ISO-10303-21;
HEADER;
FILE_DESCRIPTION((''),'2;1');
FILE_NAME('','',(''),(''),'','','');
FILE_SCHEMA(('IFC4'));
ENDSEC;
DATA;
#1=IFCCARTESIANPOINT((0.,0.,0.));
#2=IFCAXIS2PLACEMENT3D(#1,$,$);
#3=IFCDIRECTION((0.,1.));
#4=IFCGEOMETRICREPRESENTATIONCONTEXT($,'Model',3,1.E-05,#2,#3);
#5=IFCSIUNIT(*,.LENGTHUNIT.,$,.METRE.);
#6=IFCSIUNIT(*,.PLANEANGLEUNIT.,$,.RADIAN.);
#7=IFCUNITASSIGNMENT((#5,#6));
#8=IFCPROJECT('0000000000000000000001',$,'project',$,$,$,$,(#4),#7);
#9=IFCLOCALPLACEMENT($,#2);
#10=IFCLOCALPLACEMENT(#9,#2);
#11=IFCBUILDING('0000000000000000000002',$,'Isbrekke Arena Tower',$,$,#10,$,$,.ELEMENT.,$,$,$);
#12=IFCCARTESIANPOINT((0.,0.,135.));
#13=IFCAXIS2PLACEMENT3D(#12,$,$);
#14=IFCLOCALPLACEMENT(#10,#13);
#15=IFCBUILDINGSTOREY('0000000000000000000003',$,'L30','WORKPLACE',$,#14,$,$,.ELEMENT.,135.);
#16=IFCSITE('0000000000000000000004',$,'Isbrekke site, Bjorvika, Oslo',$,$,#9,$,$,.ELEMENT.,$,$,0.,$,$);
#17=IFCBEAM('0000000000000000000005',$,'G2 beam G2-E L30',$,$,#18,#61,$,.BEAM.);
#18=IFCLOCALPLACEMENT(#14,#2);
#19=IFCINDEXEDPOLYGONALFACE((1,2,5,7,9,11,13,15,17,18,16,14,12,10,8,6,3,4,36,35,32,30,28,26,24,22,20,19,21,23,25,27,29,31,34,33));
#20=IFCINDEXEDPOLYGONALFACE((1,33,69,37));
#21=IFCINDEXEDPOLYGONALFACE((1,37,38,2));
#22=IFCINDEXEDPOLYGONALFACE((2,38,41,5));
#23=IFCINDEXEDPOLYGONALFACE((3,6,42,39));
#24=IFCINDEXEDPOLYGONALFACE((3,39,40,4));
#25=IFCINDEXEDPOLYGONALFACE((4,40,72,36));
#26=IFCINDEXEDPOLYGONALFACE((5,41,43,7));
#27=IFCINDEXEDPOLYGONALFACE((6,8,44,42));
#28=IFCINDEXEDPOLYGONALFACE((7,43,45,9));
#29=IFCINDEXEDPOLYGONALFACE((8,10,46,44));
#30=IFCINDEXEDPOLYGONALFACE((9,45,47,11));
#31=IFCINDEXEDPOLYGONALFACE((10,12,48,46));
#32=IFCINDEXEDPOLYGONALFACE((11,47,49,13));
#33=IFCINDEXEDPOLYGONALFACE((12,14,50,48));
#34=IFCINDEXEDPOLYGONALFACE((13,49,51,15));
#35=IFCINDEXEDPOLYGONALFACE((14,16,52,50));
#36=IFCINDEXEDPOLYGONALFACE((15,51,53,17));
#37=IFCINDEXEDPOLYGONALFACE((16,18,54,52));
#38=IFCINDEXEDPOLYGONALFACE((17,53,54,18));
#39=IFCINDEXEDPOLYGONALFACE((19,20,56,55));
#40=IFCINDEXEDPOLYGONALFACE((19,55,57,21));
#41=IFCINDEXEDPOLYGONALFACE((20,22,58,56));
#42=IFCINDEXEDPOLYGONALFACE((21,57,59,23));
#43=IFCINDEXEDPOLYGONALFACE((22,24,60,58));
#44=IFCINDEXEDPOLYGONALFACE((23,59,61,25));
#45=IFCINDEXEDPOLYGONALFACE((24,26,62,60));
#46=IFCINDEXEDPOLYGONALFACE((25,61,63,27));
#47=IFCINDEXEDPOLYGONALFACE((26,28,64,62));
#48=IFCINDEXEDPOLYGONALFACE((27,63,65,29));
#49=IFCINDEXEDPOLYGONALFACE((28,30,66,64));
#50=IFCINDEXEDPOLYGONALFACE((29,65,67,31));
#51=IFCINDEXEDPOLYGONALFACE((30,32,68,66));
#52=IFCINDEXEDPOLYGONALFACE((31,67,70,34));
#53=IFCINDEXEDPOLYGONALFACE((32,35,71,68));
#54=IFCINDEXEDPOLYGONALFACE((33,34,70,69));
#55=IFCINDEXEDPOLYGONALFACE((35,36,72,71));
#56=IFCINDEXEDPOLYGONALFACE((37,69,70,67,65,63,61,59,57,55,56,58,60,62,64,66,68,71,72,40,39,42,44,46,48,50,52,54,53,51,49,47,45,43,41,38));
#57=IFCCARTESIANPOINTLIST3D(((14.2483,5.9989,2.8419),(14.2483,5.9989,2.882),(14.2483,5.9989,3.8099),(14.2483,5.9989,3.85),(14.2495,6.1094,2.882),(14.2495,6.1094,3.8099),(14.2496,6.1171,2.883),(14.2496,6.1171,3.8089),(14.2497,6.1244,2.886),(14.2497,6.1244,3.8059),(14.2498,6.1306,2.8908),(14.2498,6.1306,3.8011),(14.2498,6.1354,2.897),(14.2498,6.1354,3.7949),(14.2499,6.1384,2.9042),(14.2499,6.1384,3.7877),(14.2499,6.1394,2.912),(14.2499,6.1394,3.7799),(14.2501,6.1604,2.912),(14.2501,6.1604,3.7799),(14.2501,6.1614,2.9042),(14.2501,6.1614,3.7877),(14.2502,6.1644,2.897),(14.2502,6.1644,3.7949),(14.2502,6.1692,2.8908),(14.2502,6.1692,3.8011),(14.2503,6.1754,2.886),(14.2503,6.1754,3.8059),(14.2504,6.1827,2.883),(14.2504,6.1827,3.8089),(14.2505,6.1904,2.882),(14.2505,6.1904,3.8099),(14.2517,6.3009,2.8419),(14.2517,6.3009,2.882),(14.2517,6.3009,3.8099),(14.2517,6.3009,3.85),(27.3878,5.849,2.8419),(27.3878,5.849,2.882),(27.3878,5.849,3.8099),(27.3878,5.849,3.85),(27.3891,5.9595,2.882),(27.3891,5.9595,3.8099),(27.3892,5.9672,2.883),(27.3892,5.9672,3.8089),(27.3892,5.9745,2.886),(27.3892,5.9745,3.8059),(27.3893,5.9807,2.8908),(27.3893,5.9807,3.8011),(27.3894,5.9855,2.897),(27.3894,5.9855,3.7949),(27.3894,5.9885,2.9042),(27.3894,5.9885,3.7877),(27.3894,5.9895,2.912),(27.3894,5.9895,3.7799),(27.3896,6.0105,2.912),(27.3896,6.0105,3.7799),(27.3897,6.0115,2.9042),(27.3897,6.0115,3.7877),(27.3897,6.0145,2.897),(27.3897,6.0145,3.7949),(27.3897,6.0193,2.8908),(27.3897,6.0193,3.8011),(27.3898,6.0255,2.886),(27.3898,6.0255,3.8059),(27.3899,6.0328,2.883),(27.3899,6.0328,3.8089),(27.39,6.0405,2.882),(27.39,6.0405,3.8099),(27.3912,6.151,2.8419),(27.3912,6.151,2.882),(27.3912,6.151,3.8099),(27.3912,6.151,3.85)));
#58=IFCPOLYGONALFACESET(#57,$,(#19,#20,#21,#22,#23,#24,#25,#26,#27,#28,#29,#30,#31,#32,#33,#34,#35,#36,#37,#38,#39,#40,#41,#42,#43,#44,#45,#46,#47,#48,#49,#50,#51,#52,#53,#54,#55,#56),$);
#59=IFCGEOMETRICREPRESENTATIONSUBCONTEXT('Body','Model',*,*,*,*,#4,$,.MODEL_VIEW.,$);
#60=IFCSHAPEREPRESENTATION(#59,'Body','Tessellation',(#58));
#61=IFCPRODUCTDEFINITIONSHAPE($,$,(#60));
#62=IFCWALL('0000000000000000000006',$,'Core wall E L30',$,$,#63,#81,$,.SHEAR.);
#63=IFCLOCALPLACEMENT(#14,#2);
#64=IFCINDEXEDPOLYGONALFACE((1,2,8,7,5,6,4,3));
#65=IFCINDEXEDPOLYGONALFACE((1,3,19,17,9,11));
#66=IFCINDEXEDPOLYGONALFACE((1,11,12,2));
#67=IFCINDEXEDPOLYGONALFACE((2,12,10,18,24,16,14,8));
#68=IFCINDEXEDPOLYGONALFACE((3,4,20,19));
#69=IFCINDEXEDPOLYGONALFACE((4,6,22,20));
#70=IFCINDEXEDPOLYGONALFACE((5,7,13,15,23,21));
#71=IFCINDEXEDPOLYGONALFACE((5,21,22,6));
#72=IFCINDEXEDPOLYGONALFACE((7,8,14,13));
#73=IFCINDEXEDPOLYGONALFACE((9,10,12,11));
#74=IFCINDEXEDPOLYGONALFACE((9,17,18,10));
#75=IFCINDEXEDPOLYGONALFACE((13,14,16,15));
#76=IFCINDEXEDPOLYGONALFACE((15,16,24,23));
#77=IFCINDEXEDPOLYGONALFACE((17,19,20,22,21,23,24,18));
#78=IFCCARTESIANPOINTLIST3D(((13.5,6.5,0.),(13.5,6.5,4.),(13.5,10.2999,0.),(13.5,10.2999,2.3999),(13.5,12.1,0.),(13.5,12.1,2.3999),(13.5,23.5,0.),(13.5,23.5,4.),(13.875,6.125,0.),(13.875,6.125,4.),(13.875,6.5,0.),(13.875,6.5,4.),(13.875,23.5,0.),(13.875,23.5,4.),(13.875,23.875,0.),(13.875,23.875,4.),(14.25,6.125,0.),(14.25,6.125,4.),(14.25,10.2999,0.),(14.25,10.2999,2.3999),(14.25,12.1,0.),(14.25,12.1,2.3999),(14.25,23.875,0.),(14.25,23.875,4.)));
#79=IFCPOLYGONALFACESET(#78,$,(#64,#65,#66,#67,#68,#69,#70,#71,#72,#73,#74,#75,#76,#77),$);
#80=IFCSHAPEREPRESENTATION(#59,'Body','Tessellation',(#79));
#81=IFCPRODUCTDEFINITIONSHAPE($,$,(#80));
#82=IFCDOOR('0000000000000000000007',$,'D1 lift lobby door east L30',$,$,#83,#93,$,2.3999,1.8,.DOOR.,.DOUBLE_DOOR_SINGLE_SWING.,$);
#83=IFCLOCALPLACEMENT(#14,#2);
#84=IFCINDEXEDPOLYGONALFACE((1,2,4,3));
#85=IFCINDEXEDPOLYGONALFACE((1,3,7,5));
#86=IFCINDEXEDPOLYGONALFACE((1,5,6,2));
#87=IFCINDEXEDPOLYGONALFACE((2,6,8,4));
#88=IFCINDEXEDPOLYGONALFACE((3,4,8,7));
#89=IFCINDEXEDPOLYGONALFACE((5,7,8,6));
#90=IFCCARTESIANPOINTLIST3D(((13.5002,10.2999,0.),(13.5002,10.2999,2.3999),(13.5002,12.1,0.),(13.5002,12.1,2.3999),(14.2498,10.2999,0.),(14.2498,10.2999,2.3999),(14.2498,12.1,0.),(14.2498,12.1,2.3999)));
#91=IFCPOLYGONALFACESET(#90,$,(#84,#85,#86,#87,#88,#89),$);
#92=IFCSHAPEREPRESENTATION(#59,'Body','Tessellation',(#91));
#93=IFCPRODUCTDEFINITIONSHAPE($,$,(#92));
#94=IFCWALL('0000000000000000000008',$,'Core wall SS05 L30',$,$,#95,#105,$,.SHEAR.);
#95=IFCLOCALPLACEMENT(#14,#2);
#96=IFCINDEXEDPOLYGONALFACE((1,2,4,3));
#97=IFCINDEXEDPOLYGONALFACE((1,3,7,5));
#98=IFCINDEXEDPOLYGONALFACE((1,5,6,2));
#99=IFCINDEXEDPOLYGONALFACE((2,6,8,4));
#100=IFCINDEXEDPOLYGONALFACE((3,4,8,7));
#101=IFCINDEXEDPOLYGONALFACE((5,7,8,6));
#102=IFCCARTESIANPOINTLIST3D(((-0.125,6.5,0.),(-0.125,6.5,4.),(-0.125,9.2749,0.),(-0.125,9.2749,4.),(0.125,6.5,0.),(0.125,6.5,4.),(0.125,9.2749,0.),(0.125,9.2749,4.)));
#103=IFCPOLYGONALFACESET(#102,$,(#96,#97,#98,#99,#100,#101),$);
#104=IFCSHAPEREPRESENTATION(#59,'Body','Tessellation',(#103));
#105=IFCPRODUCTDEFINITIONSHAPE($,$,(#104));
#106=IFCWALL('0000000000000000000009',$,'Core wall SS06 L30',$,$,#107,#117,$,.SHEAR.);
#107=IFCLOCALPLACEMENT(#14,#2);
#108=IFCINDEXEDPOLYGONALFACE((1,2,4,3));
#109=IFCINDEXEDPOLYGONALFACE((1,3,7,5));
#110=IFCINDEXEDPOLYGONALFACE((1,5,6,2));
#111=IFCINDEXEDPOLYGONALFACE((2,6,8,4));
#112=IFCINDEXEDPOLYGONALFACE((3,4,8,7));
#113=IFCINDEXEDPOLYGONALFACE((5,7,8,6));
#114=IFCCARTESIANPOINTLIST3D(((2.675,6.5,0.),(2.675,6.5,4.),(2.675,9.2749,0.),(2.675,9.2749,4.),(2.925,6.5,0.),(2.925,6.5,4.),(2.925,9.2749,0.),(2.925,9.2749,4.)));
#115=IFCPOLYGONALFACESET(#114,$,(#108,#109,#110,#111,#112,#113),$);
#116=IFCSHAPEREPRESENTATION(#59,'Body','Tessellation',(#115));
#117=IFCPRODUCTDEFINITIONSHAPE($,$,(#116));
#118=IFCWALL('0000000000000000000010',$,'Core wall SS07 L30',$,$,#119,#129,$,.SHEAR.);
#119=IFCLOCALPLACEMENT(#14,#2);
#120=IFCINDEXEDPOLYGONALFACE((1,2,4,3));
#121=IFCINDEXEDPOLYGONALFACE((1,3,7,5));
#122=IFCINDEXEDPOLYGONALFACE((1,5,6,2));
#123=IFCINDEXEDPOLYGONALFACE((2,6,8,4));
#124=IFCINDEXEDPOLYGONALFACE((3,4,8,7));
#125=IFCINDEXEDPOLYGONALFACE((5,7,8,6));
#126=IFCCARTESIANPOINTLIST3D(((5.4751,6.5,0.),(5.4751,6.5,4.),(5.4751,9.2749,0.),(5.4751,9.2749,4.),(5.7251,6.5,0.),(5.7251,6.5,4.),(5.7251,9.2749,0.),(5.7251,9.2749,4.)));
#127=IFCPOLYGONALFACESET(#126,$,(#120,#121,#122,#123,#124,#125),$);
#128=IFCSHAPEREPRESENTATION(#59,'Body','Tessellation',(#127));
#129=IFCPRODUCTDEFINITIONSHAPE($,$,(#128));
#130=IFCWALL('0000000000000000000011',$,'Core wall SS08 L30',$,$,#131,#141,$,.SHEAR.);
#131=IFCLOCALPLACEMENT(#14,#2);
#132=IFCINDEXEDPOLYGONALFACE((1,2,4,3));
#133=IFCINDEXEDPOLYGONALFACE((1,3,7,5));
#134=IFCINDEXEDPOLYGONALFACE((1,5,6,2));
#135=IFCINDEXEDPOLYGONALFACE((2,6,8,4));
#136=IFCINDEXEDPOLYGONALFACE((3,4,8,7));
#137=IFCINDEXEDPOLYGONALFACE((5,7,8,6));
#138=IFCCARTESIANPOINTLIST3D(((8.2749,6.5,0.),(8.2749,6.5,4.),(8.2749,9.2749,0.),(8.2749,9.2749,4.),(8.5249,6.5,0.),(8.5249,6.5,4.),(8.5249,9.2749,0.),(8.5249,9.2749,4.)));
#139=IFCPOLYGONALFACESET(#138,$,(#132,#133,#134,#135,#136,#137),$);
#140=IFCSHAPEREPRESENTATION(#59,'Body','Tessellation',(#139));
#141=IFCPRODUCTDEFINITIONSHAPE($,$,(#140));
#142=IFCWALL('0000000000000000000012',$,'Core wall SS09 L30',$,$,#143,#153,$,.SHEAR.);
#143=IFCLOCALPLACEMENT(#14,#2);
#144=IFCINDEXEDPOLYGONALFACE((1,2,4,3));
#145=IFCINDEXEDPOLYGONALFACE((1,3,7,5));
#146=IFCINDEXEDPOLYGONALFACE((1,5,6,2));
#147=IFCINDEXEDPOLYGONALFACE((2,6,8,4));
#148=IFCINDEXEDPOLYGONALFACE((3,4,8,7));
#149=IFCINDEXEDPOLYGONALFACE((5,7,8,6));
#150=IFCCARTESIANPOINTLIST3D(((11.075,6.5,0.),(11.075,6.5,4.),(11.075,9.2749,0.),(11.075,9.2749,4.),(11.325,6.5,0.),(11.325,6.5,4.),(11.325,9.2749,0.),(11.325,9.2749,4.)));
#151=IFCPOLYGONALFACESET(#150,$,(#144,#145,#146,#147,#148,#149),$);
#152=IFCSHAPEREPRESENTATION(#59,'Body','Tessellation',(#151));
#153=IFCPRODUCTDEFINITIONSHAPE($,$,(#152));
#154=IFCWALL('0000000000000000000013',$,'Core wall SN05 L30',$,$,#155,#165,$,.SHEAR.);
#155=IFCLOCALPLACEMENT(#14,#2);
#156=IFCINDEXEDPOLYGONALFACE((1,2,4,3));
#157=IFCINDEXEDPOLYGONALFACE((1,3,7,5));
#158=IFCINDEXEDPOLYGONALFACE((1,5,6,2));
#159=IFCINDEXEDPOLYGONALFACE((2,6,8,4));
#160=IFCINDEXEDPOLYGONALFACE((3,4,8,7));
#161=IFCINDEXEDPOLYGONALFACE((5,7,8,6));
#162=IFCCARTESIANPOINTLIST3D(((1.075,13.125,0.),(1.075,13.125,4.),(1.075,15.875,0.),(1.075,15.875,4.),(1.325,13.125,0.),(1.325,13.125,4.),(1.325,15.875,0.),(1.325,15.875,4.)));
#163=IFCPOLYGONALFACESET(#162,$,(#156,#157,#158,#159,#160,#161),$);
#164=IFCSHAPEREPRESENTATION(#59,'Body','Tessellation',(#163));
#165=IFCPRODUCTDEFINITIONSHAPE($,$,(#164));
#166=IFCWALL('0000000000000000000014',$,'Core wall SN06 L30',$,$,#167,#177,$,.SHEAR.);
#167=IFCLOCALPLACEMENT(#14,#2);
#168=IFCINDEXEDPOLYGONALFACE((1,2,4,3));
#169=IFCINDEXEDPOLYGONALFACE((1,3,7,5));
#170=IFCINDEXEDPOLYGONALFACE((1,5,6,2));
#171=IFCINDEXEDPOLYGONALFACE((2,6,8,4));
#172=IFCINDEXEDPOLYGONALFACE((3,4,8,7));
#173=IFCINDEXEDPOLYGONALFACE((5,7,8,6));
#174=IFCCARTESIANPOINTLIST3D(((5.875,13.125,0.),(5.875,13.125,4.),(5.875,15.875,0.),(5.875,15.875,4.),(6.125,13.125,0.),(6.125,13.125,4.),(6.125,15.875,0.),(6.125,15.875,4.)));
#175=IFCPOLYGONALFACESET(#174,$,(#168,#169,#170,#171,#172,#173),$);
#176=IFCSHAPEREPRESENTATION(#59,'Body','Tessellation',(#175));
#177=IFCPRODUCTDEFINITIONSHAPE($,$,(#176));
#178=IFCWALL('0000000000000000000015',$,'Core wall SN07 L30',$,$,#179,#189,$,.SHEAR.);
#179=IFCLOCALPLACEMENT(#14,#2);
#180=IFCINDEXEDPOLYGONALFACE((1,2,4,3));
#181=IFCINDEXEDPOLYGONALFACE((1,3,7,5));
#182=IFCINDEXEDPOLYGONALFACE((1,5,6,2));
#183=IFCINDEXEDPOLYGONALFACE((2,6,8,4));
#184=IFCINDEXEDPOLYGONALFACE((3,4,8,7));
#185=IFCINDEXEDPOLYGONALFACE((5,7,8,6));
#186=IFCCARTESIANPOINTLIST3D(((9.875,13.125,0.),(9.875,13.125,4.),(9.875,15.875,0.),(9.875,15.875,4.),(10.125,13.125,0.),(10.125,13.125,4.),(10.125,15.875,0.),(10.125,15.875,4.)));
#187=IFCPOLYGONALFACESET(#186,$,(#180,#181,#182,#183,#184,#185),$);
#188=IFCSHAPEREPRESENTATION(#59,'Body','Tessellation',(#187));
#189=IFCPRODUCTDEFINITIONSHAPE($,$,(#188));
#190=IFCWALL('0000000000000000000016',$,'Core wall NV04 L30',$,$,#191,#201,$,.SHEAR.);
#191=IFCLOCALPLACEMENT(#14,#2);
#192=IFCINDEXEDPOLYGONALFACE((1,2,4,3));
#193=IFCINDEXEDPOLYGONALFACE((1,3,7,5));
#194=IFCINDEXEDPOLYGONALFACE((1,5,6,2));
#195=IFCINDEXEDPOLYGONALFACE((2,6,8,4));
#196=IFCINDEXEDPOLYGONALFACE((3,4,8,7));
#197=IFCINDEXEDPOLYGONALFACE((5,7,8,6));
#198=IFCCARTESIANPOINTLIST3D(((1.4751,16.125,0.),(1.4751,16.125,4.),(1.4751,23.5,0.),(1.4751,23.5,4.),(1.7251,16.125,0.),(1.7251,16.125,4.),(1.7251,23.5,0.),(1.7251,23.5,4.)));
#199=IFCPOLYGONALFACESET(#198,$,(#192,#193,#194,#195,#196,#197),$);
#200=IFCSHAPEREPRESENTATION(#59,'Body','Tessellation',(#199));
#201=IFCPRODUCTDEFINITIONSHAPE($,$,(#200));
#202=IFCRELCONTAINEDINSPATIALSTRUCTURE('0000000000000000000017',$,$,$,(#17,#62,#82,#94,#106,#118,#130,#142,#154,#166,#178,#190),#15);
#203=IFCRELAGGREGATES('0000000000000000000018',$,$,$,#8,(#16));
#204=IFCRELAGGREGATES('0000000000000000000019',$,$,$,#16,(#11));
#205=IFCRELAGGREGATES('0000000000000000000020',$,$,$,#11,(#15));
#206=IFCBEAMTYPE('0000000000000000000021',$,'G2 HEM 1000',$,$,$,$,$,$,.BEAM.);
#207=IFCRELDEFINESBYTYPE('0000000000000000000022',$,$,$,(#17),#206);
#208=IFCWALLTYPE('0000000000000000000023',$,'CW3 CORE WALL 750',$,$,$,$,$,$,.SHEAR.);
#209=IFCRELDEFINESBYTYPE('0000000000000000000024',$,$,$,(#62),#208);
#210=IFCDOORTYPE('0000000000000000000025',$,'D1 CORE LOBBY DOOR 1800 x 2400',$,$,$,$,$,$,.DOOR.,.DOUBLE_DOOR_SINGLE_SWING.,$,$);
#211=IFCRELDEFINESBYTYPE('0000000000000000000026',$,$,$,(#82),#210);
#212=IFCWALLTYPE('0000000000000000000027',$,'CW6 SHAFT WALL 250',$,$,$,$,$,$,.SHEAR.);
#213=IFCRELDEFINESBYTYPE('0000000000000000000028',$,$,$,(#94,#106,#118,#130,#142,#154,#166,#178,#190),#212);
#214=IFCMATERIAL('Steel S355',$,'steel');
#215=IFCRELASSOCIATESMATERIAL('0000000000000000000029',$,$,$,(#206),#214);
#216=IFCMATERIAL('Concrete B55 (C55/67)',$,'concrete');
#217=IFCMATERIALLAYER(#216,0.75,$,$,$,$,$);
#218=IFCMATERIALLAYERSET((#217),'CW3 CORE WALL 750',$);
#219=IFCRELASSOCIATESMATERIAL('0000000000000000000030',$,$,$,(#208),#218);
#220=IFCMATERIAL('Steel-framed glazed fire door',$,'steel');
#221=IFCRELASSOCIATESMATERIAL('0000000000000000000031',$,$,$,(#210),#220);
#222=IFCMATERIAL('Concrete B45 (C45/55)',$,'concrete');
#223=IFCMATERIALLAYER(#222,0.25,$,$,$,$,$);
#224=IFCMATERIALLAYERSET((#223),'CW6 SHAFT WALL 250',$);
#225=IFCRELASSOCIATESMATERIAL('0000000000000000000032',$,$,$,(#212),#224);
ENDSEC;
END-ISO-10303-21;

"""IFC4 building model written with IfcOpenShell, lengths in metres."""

from ifc_helpers import new_model, si_unit, direction, frame, frame_2d, origin, origin_2d, place, context, subcontext, project, spatial, polyline, rectangle, i_section, outline, extrude, material, layer, layer_set, material_profile, profile_set, type_object, element, fill, save


model = new_model("IFC4")

# Units and contexts
model_context = context("Model", 3, precision=1e-05, world=origin(), true_north=direction((0.0, 1.0)))
body_context = subcontext(model_context, "Body", "Model", "MODEL_VIEW")
ifc_project = project(units=[si_unit("LENGTHUNIT", "METRE"), si_unit("PLANEANGLEUNIT", "RADIAN")], contexts=[model_context])

# Site, building, storey
site_placement = place(None, origin())
site = spatial("IfcSite", under=ifc_project, at=site_placement, Name="Isbrekke site, Bjorvika, Oslo", CompositionType="ELEMENT", RefElevation=0.0)
building_placement = place(site_placement, origin())
building = spatial("IfcBuilding", under=site, at=building_placement, Name="Isbrekke Arena Tower", CompositionType="ELEMENT")
storey_placement = place(building_placement, frame((0.0, 0.0, 135.0)))
storey = spatial("IfcBuildingStorey", under=building, at=storey_placement, Name="L30", Description="WORKPLACE", CompositionType="ELEMENT", Elevation=135.0)

# Beam
ifc_material_1 = material(Name="Steel S355", Category="steel")
ifc_material_profile = material_profile(ifc_material_1, i_section(OverallWidth=0.302, OverallDepth=1.0081, WebThickness=0.021, FlangeThickness=0.04, FilletRadius=0.03, at=origin_2d()), Name="HEM 1000")
ifc_profile_set = profile_set([ifc_material_profile], Name="Steel S355")
beam_type = type_object("IfcBeamType", Name="G2 HEM 1000", PredefinedType="BEAM", material=ifc_profile_set)
beam_placement = place(storey_placement, frame((14.25, 6.1499, 3.3459), z_axis=(0.999935, -0.011408, 0.0), x_axis=(0.011408, 0.999935, 0.0)))
element("IfcBeam", 1, at=beam_placement, inside=storey, type_object=beam_type, Name="G2 beam G2-E L30", PredefinedType="BEAM", context=body_context, shape_type="SweptSolid", body=[
    extrude(i_section(OverallWidth=0.302, OverallDepth=1.0081, WebThickness=0.021, FlangeThickness=0.04, FilletRadius=0.03, at=origin_2d()), origin(), (0.0, 0.0, 1.0), 13.1404),
])

# Wall, opening, door
ifc_material_2 = material(Name="Concrete B55 (C55/67)", Category="concrete")
ifc_layer_1 = layer(ifc_material_2, 0.75)
ifc_layer_set_1 = layer_set([ifc_layer_1], Name="CW3 CORE WALL 750")
wall_type_1 = type_object("IfcWallType", Name="CW3 CORE WALL 750", PredefinedType="SHEAR", material=ifc_layer_set_1)
wall_1_placement = place(storey_placement, frame((13.875, 6.125, 0.0), z_axis=(0.0, 0.0, 1.0), x_axis=(0.0, 1.0, 0.0)))
wall_1 = element("IfcWall", 2, at=wall_1_placement, inside=storey, type_object=wall_type_1, Name="Core wall E L30", PredefinedType="SHEAR", context=body_context, shape_type="SweptSolid", body=[
    extrude(outline(polyline([(0.0, -0.375), (17.75, -0.375), (17.75, 0.0), (17.375, 0.0), (17.375, 0.375), (0.375, 0.375), (0.375, 0.0), (0.0, 0.0), (0.0, -0.375)])), origin(), (0.0, 0.0, 1.0), 4.0),
])
opening_placement = place(wall_1_placement, frame((4.175, 0.0, 0.0)))
opening = element("IfcOpeningElement", 3, at=opening_placement, cuts=wall_1, PredefinedType="OPENING", context=body_context, shape_type="SweptSolid", body=[
    extrude(rectangle(XDim=1.8, YDim=2.3999, at=frame_2d((0.8999, 1.2))), frame((0.0, 0.3899, 0.0), z_axis=(0.0, -1.0, 0.0), x_axis=(1.0, 0.0, 0.0)), (0.0, 0.0, 1.0), 0.7798),
])
ifc_material_3 = material(Name="Steel-framed glazed fire door", Category="steel")
door_type = type_object("IfcDoorType", Name="D1 CORE LOBBY DOOR 1800 x 2400", OperationType="DOUBLE_DOOR_SINGLE_SWING", PredefinedType="DOOR", material=ifc_material_3)
door_placement = place(opening_placement, origin())
door = element("IfcDoor", 4, at=door_placement, inside=storey, type_object=door_type, Name="D1 lift lobby door east L30", OperationType="DOUBLE_DOOR_SINGLE_SWING", OverallHeight=2.3999, OverallWidth=1.8, PredefinedType="DOOR", context=body_context, shape_type="SweptSolid", body=[
    extrude(rectangle(XDim=1.8, YDim=2.3999, at=frame_2d((0.8999, 1.2))), frame((0.0, 0.3748, 0.0), z_axis=(0.0, -1.0, 0.0), x_axis=(1.0, 0.0, 0.0)), (0.0, 0.0, 1.0), 0.7495),
])
fill(opening, door)

# Walls
ifc_material_4 = material(Name="Concrete B45 (C45/55)", Category="concrete")
ifc_layer_2 = layer(ifc_material_4, 0.25)
ifc_layer_set_2 = layer_set([ifc_layer_2], Name="CW6 SHAFT WALL 250")
wall_type_2 = type_object("IfcWallType", Name="CW6 SHAFT WALL 250", PredefinedType="SHEAR", material=ifc_layer_set_2)
for number, where, z_axis, x_axis, name in (
    (5, (0.0, 6.5, 0.0), (0.0, 0.0, 1.0), (0.0, 1.0, 0.0), "Core wall SS05 L30"),
    (6, (2.8, 6.5, 0.0), (0.0, 0.0, 1.0), (0.0, 1.0, 0.0), "Core wall SS06 L30"),
    (7, (5.6001, 6.5, 0.0), (0.0, 0.0, 1.0), (0.0, 1.0, 0.0), "Core wall SS07 L30"),
    (8, (8.3999, 6.5, 0.0), (0.0, 0.0, 1.0), (0.0, 1.0, 0.0), "Core wall SS08 L30"),
    (9, (11.2, 6.5, 0.0), (0.0, 0.0, 1.0), (0.0, 1.0, 0.0), "Core wall SS09 L30"),
):
    element("IfcWall", number, at=place(storey_placement, frame(where, z_axis=z_axis, x_axis=x_axis)), inside=storey, type_object=wall_type_2, Name=name, PredefinedType="SHEAR", context=body_context, shape_type="SweptSolid", body=[
        extrude(rectangle(XDim=2.7749, YDim=0.25, at=frame_2d((1.3875, 0.0))), origin(), (0.0, 0.0, 1.0), 4.0),
    ])
for number, where, z_axis, x_axis, name in (
    (10, (1.2, 13.125, 0.0), (0.0, 0.0, 1.0), (0.0, 1.0, 0.0), "Core wall SN05 L30"),
    (11, (6.0, 13.125, 0.0), (0.0, 0.0, 1.0), (0.0, 1.0, 0.0), "Core wall SN06 L30"),
    (12, (10.0, 13.125, 0.0), (0.0, 0.0, 1.0), (0.0, 1.0, 0.0), "Core wall SN07 L30"),
):
    element("IfcWall", number, at=place(storey_placement, frame(where, z_axis=z_axis, x_axis=x_axis)), inside=storey, type_object=wall_type_2, Name=name, PredefinedType="SHEAR", context=body_context, shape_type="SweptSolid", body=[
        extrude(rectangle(XDim=2.75, YDim=0.25, at=frame_2d((1.375, 0.0))), origin(), (0.0, 0.0, 1.0), 4.0),
    ])
wall_2_placement = place(storey_placement, frame((1.6001, 16.125, 0.0), z_axis=(0.0, 0.0, 1.0), x_axis=(0.0, 1.0, 0.0)))
element("IfcWall", 13, at=wall_2_placement, inside=storey, type_object=wall_type_2, Name="Core wall NV04 L30", PredefinedType="SHEAR", context=body_context, shape_type="SweptSolid", body=[
    extrude(rectangle(XDim=7.375, YDim=0.25, at=frame_2d((3.6875, 0.0))), origin(), (0.0, 0.0, 1.0), 4.0),
])

save(model, "model.ifc")
